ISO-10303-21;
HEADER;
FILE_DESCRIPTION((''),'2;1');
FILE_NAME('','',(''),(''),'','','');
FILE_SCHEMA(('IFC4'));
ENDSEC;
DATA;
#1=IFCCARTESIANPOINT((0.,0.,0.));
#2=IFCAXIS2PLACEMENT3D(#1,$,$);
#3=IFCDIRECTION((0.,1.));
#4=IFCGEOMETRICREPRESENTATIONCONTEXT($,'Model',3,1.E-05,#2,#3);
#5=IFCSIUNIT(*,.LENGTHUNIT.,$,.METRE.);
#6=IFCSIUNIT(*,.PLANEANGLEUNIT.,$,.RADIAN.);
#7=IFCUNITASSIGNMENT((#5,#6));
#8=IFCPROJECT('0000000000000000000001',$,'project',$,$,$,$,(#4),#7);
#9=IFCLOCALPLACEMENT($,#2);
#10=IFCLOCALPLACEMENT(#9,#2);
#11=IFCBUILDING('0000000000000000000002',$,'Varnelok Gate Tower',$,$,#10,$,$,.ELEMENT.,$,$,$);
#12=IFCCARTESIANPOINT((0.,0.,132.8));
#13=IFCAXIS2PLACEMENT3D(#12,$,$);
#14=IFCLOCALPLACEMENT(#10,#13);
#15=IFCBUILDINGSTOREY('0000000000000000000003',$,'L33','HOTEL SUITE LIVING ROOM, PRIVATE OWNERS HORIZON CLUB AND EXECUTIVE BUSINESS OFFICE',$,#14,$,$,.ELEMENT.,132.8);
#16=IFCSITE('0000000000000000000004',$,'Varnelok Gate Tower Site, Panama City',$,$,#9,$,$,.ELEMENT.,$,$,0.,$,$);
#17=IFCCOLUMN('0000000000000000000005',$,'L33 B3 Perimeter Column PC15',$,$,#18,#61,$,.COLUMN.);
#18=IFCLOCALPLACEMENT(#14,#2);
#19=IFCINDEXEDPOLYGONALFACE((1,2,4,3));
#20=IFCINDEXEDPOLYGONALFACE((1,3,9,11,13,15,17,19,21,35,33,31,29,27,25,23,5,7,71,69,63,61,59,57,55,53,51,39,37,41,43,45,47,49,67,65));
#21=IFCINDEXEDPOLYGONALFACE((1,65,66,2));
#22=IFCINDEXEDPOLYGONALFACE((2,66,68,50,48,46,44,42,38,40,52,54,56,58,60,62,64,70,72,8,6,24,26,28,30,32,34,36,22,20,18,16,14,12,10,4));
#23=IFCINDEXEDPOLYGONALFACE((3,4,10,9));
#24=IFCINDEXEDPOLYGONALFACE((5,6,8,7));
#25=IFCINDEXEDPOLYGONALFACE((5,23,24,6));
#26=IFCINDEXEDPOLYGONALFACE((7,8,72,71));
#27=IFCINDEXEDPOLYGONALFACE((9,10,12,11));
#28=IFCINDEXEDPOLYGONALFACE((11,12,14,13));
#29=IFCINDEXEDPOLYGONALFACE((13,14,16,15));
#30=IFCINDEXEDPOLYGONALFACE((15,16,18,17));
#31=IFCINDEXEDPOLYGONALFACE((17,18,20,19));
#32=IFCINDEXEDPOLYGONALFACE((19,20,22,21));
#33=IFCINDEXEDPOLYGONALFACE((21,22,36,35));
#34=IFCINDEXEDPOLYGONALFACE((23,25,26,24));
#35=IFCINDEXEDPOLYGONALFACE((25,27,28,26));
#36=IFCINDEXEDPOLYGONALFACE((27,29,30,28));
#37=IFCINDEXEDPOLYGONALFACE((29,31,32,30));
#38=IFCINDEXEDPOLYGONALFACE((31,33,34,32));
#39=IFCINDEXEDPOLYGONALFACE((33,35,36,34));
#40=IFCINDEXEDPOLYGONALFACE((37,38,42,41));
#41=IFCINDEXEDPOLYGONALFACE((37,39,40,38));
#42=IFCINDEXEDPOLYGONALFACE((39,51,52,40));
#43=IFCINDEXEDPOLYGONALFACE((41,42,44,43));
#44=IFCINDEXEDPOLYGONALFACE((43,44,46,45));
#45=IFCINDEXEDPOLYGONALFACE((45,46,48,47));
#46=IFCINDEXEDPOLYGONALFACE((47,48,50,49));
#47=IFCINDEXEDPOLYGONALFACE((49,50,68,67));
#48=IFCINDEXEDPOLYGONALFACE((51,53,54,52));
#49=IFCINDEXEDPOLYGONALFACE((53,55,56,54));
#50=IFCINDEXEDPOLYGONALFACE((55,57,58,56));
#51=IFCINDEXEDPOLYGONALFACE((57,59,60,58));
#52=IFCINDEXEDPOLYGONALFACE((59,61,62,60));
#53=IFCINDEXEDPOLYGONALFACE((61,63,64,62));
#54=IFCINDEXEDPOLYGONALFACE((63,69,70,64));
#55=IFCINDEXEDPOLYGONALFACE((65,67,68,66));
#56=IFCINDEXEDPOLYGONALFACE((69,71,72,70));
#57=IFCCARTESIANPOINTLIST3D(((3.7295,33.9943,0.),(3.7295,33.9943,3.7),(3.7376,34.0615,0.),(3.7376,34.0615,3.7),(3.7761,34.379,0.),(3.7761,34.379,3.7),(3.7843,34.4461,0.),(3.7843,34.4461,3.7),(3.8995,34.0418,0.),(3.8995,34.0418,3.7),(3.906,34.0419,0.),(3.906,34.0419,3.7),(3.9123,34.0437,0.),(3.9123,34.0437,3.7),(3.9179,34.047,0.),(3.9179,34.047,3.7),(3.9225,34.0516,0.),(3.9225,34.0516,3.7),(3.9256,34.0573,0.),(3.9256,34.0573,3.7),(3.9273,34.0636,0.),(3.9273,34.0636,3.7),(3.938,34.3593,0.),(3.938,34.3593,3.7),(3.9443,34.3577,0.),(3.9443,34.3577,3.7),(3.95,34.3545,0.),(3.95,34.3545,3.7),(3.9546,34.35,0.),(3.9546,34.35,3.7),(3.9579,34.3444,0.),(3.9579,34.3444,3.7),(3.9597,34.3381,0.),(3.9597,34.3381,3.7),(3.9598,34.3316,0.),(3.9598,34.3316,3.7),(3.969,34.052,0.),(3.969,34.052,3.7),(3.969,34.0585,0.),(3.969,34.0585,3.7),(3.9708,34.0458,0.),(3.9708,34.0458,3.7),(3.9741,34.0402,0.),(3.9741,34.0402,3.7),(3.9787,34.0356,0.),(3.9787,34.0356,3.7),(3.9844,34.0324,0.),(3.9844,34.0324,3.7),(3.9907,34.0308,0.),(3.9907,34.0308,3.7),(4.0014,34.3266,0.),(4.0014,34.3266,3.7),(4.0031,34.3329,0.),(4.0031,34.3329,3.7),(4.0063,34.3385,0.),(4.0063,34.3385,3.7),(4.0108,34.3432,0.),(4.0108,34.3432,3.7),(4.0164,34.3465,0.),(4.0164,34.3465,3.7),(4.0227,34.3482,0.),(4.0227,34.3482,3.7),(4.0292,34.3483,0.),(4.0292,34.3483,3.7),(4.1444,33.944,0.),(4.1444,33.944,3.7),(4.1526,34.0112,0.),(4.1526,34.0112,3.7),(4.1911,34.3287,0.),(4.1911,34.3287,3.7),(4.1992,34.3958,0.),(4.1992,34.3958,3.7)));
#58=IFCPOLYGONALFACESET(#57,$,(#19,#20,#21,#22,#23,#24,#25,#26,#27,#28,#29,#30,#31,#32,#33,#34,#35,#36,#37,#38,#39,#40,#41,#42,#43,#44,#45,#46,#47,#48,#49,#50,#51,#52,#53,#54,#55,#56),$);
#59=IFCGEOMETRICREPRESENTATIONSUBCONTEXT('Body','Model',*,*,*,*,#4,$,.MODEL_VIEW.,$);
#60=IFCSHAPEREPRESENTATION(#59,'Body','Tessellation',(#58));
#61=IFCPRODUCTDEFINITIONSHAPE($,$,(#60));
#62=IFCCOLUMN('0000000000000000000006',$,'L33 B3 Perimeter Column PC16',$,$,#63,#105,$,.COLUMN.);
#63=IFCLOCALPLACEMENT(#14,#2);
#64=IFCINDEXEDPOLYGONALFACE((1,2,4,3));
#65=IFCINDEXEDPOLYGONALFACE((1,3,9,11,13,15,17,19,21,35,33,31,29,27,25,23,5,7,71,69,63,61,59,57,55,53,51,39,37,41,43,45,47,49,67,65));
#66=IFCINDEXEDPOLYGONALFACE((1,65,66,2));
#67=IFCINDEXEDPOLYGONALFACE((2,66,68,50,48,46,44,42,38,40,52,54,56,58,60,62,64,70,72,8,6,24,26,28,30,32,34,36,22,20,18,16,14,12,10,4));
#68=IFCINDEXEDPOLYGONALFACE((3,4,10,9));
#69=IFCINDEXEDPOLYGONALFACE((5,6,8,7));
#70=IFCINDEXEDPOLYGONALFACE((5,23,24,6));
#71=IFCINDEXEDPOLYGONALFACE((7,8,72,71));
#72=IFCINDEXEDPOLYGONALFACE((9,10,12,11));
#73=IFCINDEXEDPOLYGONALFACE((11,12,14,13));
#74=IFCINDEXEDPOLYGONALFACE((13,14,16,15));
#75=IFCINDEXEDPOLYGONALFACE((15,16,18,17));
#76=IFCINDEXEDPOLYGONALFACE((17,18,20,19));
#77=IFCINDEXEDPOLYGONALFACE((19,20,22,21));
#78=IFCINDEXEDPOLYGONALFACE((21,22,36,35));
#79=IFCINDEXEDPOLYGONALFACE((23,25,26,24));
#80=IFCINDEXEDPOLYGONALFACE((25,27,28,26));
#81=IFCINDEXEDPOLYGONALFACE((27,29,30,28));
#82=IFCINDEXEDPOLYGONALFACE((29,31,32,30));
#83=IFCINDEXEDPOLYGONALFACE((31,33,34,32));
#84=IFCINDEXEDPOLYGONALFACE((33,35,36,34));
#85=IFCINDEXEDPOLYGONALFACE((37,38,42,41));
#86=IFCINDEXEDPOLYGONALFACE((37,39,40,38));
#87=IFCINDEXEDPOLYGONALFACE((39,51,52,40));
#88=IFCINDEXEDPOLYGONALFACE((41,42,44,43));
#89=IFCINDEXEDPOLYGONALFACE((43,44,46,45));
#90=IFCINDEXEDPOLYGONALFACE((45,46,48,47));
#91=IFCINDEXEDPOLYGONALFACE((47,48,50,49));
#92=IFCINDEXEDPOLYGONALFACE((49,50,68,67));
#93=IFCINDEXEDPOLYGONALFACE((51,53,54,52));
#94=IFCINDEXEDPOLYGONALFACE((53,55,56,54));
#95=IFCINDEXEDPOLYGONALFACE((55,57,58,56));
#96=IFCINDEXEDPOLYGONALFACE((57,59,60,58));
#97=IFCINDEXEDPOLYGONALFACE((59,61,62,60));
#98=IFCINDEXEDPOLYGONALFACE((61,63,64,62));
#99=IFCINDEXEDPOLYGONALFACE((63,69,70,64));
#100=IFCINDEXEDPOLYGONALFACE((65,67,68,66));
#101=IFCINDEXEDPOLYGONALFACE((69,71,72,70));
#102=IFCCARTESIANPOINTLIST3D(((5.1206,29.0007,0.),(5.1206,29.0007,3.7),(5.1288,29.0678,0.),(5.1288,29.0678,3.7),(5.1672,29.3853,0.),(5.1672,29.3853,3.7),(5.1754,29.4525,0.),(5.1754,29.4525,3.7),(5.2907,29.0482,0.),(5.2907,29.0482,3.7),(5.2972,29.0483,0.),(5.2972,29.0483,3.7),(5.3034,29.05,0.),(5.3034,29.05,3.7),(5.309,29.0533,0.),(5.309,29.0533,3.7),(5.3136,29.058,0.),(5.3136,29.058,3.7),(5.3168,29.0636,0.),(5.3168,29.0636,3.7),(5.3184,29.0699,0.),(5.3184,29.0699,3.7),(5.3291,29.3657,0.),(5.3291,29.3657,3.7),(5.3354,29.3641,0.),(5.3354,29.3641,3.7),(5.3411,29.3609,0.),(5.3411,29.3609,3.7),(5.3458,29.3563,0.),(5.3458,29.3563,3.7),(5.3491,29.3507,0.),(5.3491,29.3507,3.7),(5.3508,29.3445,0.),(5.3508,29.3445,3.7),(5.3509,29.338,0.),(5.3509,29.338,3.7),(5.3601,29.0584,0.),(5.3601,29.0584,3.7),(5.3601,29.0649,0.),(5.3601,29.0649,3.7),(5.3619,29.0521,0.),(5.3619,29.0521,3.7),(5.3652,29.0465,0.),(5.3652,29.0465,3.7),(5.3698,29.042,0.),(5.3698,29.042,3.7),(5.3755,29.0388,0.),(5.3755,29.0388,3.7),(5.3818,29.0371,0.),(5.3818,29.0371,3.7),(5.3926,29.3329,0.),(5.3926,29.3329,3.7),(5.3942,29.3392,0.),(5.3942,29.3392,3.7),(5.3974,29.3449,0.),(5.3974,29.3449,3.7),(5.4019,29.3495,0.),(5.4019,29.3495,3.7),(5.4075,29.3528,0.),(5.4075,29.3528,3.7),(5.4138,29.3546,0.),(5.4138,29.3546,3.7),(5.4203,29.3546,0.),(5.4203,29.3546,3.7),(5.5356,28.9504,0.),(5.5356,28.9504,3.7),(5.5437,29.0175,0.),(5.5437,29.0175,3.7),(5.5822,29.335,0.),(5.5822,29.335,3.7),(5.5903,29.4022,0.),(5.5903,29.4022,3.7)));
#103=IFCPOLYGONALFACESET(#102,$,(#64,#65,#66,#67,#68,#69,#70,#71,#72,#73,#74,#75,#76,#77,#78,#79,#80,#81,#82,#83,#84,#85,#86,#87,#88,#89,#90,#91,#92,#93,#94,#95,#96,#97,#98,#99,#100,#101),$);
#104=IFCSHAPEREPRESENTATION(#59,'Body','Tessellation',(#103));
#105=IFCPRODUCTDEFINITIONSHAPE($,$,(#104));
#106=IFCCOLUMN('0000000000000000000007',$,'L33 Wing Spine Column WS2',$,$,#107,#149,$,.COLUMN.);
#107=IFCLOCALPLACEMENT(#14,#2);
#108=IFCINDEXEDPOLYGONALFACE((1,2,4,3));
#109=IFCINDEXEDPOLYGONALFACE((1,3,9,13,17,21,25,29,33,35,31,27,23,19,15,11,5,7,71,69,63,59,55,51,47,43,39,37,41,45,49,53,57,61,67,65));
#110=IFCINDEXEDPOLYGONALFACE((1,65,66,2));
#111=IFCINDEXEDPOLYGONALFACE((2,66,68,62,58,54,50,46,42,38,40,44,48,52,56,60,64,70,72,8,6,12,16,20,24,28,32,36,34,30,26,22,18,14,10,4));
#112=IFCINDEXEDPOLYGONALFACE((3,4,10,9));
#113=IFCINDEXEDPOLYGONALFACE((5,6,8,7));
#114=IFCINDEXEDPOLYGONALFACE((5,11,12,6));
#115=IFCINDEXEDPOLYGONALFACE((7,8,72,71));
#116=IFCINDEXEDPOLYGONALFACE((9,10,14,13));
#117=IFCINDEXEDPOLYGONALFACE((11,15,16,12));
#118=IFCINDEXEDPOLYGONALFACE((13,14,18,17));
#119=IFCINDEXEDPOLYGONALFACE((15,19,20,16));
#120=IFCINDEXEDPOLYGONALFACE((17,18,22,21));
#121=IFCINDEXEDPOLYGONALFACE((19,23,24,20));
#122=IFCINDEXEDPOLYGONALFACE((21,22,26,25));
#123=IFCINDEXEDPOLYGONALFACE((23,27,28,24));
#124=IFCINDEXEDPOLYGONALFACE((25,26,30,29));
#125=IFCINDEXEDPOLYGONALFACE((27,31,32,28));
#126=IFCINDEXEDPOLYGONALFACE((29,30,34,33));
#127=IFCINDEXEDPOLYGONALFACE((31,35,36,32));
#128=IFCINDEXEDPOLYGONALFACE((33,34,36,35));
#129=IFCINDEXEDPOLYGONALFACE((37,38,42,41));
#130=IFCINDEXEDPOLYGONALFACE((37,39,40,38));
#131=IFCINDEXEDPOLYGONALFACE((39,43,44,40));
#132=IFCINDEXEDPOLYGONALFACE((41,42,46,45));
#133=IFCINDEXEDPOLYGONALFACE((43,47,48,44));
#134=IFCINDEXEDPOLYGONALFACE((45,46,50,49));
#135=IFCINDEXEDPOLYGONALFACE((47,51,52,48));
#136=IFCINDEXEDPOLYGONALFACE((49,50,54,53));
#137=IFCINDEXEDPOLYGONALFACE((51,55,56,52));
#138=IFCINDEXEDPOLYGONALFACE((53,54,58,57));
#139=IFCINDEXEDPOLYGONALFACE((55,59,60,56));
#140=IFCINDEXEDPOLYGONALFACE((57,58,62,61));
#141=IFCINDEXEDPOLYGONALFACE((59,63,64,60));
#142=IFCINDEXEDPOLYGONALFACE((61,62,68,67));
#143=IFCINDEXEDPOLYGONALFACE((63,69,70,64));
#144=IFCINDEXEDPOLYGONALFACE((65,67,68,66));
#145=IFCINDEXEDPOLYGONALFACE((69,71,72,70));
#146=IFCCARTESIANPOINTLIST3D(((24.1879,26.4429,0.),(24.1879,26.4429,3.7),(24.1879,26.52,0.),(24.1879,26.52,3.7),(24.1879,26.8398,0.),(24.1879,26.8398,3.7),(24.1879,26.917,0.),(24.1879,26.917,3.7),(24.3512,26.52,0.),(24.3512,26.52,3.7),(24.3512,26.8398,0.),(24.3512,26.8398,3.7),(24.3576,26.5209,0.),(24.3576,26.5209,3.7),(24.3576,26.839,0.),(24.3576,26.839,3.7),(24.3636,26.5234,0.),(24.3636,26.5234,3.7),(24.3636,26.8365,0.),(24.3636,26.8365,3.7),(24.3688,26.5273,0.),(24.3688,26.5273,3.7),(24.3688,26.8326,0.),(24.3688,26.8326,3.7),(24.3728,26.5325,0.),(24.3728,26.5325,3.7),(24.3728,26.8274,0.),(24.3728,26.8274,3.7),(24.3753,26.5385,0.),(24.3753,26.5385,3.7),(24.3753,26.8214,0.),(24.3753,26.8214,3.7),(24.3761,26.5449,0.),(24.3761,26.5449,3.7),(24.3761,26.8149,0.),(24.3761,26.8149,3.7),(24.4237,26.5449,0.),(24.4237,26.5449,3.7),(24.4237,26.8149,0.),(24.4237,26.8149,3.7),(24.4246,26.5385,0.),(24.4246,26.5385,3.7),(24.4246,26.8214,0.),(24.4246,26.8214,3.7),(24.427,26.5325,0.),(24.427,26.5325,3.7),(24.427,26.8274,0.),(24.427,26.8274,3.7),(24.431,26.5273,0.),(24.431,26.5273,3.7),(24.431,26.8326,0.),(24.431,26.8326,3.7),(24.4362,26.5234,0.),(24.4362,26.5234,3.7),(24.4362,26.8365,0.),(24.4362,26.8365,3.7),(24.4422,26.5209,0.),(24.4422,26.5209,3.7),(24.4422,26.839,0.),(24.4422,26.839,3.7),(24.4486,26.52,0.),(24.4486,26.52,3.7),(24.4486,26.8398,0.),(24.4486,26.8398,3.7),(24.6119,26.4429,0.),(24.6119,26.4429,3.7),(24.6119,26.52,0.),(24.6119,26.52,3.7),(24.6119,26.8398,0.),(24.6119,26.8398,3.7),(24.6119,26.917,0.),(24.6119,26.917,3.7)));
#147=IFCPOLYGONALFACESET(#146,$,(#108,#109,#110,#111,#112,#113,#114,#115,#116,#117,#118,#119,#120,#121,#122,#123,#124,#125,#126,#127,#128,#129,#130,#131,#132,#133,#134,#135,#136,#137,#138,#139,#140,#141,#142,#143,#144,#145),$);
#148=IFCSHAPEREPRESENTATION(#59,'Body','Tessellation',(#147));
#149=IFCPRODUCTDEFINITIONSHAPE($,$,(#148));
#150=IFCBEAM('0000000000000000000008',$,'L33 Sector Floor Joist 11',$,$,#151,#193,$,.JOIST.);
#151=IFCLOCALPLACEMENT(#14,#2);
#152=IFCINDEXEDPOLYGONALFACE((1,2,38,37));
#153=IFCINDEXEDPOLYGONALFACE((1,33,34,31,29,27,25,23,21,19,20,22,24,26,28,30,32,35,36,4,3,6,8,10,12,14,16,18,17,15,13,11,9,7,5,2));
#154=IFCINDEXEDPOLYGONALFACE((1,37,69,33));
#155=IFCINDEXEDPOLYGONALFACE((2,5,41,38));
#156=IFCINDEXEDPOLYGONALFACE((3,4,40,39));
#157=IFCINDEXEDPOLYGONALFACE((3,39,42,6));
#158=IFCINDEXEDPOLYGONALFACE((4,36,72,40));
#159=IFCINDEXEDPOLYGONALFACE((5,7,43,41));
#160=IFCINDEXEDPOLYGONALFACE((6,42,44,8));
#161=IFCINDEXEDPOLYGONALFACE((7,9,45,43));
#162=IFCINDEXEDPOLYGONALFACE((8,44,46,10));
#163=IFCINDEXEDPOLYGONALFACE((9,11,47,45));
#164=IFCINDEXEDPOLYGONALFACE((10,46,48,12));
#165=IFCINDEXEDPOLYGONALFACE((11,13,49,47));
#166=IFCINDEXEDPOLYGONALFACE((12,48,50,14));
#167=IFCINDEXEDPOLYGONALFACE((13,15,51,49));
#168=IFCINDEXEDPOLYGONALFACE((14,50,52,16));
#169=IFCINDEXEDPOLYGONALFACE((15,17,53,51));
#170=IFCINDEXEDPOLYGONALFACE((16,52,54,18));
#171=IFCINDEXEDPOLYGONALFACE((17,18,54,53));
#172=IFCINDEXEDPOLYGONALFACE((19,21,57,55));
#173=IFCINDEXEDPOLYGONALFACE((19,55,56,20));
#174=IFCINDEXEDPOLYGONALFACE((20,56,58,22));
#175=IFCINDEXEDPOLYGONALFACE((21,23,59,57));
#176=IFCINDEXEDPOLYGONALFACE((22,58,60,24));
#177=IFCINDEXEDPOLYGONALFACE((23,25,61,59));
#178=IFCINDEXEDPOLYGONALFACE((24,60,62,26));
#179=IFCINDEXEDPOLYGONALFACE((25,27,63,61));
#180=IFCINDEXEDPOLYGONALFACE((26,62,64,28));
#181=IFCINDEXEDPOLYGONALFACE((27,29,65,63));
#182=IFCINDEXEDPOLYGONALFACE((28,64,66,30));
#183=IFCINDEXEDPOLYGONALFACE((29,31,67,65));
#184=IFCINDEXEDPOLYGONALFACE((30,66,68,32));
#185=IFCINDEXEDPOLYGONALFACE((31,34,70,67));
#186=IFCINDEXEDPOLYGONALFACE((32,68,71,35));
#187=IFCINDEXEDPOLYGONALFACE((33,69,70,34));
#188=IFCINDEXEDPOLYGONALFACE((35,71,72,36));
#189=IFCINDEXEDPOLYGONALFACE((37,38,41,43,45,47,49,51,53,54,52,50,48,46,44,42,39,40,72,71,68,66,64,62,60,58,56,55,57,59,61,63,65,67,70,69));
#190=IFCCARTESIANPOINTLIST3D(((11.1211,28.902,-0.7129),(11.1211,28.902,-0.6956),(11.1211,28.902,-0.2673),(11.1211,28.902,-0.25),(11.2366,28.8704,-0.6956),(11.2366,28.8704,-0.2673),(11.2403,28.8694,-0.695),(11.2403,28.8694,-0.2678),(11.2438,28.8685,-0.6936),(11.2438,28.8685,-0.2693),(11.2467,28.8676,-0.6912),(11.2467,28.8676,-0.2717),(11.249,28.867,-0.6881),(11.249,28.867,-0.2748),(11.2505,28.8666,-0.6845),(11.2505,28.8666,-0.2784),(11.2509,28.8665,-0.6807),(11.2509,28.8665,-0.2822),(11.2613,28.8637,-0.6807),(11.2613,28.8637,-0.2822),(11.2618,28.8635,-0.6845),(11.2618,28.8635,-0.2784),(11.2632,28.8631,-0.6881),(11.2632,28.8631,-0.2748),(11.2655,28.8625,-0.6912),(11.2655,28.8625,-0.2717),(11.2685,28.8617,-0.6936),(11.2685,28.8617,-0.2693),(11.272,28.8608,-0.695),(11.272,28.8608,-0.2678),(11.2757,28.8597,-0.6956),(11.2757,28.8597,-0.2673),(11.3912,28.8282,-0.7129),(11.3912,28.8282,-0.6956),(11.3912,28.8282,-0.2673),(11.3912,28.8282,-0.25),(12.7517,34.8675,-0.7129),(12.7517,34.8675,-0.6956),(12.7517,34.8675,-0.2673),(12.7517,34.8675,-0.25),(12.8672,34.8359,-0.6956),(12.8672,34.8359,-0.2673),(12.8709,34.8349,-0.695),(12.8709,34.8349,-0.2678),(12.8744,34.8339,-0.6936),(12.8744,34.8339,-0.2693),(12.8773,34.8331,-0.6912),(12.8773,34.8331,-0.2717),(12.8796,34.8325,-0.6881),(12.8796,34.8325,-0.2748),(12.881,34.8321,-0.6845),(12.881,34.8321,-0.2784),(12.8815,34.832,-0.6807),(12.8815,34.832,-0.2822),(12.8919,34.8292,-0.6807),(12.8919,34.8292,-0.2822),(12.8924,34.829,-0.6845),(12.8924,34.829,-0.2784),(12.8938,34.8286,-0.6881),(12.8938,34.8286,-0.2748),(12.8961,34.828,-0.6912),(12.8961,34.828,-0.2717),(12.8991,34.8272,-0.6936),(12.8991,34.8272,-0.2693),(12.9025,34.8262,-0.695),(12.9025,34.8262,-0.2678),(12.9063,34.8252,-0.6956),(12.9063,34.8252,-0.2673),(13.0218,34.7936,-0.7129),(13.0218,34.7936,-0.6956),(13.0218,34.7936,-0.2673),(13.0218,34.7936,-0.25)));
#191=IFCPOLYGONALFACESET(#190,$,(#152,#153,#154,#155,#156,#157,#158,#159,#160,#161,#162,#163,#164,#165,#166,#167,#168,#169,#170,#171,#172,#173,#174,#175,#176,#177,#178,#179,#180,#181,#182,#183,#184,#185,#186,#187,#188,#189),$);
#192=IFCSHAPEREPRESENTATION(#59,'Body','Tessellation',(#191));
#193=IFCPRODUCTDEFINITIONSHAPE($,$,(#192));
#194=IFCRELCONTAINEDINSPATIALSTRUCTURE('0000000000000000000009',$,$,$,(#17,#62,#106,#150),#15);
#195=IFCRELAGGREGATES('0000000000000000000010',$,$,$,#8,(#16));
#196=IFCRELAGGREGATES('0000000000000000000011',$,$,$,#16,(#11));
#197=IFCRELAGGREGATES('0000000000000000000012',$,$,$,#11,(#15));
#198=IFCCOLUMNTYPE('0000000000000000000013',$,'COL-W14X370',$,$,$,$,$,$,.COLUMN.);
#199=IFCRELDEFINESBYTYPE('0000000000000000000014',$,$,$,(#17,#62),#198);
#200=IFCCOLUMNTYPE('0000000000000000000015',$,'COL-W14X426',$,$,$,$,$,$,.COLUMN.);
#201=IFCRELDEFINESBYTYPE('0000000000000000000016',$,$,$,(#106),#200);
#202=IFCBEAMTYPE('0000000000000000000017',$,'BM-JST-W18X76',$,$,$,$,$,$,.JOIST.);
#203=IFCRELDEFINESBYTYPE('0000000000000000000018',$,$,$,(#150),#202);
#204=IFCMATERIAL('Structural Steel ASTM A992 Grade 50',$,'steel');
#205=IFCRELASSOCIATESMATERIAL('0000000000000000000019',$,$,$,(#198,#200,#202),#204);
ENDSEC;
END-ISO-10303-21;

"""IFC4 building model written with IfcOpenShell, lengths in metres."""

from ifc_helpers import new_model, si_unit, direction, frame, origin, origin_2d, place, context, subcontext, project, spatial, i_section, extrude, material, material_profile, profile_set, type_object, element, save


model = new_model("IFC4")

# Units and contexts
model_context = context("Model", 3, precision=1e-05, world=origin(), true_north=direction((0.0, 1.0)))
body_context = subcontext(model_context, "Body", "Model", "MODEL_VIEW")
ifc_project = project(units=[si_unit("LENGTHUNIT", "METRE"), si_unit("PLANEANGLEUNIT", "RADIAN")], contexts=[model_context])

# Site, building, storey
site_placement = place(None, origin())
site = spatial("IfcSite", under=ifc_project, at=site_placement, Name="Varnelok Gate Tower Site, Panama City", CompositionType="ELEMENT", RefElevation=0.0)
building_placement = place(site_placement, origin())
building = spatial("IfcBuilding", under=site, at=building_placement, Name="Varnelok Gate Tower", CompositionType="ELEMENT")
storey_placement = place(building_placement, frame((0.0, 0.0, 132.8)))
storey = spatial("IfcBuildingStorey", under=building, at=storey_placement, Name="L33", Description="HOTEL SUITE LIVING ROOM, PRIVATE OWNERS HORIZON CLUB AND EXECUTIVE BUSINESS OFFICE", CompositionType="ELEMENT", Elevation=132.8)

# Columns
ifc_material_1 = material(Name="Structural Steel ASTM A992 Grade 50", Category="steel")
ifc_material_profile_1 = material_profile(ifc_material_1, i_section(OverallWidth=0.418, OverallDepth=0.4551, WebThickness=0.042, FlangeThickness=0.0676, FilletRadius=0.0249, at=origin_2d()), Name="W14X370")
ifc_profile_set_1 = profile_set([ifc_material_profile_1], Name="Structural Steel ASTM A992 Grade 50")
column_type_1 = type_object("IfcColumnType", Name="COL-W14X370", PredefinedType="COLUMN", material=ifc_profile_set_1)
for number, where, z_axis, x_axis, name in (
    (1, (3.9644, 34.1951, 0.0), (0.0, 0.0, 1.0), (0.992732, -0.120345, 0.0), "L33 B3 Perimeter Column PC15"),
    (2, (5.3555, 29.2014, 0.0), (0.0, 0.0, 1.0), (0.992732, -0.120345, 0.0), "L33 B3 Perimeter Column PC16"),
):
    element("IfcColumn", number, at=place(storey_placement, frame(where, z_axis=z_axis, x_axis=x_axis)), inside=storey, type_object=column_type_1, Name=name, PredefinedType="COLUMN", context=body_context, shape_type="SweptSolid", body=[
        extrude(i_section(OverallWidth=0.418, OverallDepth=0.4551, WebThickness=0.042, FlangeThickness=0.0676, FilletRadius=0.0249, at=origin_2d()), origin(), (0.0, 0.0, 1.0), 3.7),
    ])
ifc_material_profile_2 = material_profile(ifc_material_1, i_section(OverallWidth=0.4241, OverallDepth=0.4741, WebThickness=0.0476, FlangeThickness=0.0771, FilletRadius=0.0249, at=origin_2d()), Name="W14X426")
ifc_profile_set_2 = profile_set([ifc_material_profile_2], Name="Structural Steel ASTM A992 Grade 50")
column_type_2 = type_object("IfcColumnType", Name="COL-W14X426", PredefinedType="COLUMN", material=ifc_profile_set_2)
column_placement = place(storey_placement, frame((24.3999, 26.6799, 0.0), z_axis=(0.0, 0.0, 1.0), x_axis=(1.0, 0.0, 0.0)))
element("IfcColumn", 3, at=column_placement, inside=storey, type_object=column_type_2, Name="L33 Wing Spine Column WS2", PredefinedType="COLUMN", context=body_context, shape_type="SweptSolid", body=[
    extrude(i_section(OverallWidth=0.4241, OverallDepth=0.4741, WebThickness=0.0476, FlangeThickness=0.0771, FilletRadius=0.0249, at=origin_2d()), origin(), (0.0, 0.0, 1.0), 3.7),
])

# Beam
ifc_material_profile_3 = material_profile(ifc_material_1, i_section(OverallWidth=0.28, OverallDepth=0.4629, WebThickness=0.0107, FlangeThickness=0.0173, FilletRadius=0.0149, at=origin_2d()), Name="W18X76")
ifc_profile_set_3 = profile_set([ifc_material_profile_3], Name="Structural Steel ASTM A992 Grade 50")
beam_type_1 = type_object("IfcBeamType", Name="BM-JST-W18X76", PredefinedType="JOIST", material=ifc_profile_set_3)
beam_1_placement = place(storey_placement, frame((12.8867, 34.8306, -0.4814), z_axis=(-0.263665, -0.964614, 0.0), x_axis=(0.964614, -0.263665, 0.0)))
element("IfcBeam", 4, at=beam_1_placement, inside=storey, type_object=beam_type_1, Name="L33 Sector Floor Joist 11", PredefinedType="JOIST", context=body_context, shape_type="SweptSolid", body=[
    extrude(i_section(OverallWidth=0.28, OverallDepth=0.4629, WebThickness=0.0107, FlangeThickness=0.0173, FilletRadius=0.0149, at=origin_2d()), origin(), (0.0, 0.0, 1.0), 6.1843),
])

save(model, "model.ifc")
